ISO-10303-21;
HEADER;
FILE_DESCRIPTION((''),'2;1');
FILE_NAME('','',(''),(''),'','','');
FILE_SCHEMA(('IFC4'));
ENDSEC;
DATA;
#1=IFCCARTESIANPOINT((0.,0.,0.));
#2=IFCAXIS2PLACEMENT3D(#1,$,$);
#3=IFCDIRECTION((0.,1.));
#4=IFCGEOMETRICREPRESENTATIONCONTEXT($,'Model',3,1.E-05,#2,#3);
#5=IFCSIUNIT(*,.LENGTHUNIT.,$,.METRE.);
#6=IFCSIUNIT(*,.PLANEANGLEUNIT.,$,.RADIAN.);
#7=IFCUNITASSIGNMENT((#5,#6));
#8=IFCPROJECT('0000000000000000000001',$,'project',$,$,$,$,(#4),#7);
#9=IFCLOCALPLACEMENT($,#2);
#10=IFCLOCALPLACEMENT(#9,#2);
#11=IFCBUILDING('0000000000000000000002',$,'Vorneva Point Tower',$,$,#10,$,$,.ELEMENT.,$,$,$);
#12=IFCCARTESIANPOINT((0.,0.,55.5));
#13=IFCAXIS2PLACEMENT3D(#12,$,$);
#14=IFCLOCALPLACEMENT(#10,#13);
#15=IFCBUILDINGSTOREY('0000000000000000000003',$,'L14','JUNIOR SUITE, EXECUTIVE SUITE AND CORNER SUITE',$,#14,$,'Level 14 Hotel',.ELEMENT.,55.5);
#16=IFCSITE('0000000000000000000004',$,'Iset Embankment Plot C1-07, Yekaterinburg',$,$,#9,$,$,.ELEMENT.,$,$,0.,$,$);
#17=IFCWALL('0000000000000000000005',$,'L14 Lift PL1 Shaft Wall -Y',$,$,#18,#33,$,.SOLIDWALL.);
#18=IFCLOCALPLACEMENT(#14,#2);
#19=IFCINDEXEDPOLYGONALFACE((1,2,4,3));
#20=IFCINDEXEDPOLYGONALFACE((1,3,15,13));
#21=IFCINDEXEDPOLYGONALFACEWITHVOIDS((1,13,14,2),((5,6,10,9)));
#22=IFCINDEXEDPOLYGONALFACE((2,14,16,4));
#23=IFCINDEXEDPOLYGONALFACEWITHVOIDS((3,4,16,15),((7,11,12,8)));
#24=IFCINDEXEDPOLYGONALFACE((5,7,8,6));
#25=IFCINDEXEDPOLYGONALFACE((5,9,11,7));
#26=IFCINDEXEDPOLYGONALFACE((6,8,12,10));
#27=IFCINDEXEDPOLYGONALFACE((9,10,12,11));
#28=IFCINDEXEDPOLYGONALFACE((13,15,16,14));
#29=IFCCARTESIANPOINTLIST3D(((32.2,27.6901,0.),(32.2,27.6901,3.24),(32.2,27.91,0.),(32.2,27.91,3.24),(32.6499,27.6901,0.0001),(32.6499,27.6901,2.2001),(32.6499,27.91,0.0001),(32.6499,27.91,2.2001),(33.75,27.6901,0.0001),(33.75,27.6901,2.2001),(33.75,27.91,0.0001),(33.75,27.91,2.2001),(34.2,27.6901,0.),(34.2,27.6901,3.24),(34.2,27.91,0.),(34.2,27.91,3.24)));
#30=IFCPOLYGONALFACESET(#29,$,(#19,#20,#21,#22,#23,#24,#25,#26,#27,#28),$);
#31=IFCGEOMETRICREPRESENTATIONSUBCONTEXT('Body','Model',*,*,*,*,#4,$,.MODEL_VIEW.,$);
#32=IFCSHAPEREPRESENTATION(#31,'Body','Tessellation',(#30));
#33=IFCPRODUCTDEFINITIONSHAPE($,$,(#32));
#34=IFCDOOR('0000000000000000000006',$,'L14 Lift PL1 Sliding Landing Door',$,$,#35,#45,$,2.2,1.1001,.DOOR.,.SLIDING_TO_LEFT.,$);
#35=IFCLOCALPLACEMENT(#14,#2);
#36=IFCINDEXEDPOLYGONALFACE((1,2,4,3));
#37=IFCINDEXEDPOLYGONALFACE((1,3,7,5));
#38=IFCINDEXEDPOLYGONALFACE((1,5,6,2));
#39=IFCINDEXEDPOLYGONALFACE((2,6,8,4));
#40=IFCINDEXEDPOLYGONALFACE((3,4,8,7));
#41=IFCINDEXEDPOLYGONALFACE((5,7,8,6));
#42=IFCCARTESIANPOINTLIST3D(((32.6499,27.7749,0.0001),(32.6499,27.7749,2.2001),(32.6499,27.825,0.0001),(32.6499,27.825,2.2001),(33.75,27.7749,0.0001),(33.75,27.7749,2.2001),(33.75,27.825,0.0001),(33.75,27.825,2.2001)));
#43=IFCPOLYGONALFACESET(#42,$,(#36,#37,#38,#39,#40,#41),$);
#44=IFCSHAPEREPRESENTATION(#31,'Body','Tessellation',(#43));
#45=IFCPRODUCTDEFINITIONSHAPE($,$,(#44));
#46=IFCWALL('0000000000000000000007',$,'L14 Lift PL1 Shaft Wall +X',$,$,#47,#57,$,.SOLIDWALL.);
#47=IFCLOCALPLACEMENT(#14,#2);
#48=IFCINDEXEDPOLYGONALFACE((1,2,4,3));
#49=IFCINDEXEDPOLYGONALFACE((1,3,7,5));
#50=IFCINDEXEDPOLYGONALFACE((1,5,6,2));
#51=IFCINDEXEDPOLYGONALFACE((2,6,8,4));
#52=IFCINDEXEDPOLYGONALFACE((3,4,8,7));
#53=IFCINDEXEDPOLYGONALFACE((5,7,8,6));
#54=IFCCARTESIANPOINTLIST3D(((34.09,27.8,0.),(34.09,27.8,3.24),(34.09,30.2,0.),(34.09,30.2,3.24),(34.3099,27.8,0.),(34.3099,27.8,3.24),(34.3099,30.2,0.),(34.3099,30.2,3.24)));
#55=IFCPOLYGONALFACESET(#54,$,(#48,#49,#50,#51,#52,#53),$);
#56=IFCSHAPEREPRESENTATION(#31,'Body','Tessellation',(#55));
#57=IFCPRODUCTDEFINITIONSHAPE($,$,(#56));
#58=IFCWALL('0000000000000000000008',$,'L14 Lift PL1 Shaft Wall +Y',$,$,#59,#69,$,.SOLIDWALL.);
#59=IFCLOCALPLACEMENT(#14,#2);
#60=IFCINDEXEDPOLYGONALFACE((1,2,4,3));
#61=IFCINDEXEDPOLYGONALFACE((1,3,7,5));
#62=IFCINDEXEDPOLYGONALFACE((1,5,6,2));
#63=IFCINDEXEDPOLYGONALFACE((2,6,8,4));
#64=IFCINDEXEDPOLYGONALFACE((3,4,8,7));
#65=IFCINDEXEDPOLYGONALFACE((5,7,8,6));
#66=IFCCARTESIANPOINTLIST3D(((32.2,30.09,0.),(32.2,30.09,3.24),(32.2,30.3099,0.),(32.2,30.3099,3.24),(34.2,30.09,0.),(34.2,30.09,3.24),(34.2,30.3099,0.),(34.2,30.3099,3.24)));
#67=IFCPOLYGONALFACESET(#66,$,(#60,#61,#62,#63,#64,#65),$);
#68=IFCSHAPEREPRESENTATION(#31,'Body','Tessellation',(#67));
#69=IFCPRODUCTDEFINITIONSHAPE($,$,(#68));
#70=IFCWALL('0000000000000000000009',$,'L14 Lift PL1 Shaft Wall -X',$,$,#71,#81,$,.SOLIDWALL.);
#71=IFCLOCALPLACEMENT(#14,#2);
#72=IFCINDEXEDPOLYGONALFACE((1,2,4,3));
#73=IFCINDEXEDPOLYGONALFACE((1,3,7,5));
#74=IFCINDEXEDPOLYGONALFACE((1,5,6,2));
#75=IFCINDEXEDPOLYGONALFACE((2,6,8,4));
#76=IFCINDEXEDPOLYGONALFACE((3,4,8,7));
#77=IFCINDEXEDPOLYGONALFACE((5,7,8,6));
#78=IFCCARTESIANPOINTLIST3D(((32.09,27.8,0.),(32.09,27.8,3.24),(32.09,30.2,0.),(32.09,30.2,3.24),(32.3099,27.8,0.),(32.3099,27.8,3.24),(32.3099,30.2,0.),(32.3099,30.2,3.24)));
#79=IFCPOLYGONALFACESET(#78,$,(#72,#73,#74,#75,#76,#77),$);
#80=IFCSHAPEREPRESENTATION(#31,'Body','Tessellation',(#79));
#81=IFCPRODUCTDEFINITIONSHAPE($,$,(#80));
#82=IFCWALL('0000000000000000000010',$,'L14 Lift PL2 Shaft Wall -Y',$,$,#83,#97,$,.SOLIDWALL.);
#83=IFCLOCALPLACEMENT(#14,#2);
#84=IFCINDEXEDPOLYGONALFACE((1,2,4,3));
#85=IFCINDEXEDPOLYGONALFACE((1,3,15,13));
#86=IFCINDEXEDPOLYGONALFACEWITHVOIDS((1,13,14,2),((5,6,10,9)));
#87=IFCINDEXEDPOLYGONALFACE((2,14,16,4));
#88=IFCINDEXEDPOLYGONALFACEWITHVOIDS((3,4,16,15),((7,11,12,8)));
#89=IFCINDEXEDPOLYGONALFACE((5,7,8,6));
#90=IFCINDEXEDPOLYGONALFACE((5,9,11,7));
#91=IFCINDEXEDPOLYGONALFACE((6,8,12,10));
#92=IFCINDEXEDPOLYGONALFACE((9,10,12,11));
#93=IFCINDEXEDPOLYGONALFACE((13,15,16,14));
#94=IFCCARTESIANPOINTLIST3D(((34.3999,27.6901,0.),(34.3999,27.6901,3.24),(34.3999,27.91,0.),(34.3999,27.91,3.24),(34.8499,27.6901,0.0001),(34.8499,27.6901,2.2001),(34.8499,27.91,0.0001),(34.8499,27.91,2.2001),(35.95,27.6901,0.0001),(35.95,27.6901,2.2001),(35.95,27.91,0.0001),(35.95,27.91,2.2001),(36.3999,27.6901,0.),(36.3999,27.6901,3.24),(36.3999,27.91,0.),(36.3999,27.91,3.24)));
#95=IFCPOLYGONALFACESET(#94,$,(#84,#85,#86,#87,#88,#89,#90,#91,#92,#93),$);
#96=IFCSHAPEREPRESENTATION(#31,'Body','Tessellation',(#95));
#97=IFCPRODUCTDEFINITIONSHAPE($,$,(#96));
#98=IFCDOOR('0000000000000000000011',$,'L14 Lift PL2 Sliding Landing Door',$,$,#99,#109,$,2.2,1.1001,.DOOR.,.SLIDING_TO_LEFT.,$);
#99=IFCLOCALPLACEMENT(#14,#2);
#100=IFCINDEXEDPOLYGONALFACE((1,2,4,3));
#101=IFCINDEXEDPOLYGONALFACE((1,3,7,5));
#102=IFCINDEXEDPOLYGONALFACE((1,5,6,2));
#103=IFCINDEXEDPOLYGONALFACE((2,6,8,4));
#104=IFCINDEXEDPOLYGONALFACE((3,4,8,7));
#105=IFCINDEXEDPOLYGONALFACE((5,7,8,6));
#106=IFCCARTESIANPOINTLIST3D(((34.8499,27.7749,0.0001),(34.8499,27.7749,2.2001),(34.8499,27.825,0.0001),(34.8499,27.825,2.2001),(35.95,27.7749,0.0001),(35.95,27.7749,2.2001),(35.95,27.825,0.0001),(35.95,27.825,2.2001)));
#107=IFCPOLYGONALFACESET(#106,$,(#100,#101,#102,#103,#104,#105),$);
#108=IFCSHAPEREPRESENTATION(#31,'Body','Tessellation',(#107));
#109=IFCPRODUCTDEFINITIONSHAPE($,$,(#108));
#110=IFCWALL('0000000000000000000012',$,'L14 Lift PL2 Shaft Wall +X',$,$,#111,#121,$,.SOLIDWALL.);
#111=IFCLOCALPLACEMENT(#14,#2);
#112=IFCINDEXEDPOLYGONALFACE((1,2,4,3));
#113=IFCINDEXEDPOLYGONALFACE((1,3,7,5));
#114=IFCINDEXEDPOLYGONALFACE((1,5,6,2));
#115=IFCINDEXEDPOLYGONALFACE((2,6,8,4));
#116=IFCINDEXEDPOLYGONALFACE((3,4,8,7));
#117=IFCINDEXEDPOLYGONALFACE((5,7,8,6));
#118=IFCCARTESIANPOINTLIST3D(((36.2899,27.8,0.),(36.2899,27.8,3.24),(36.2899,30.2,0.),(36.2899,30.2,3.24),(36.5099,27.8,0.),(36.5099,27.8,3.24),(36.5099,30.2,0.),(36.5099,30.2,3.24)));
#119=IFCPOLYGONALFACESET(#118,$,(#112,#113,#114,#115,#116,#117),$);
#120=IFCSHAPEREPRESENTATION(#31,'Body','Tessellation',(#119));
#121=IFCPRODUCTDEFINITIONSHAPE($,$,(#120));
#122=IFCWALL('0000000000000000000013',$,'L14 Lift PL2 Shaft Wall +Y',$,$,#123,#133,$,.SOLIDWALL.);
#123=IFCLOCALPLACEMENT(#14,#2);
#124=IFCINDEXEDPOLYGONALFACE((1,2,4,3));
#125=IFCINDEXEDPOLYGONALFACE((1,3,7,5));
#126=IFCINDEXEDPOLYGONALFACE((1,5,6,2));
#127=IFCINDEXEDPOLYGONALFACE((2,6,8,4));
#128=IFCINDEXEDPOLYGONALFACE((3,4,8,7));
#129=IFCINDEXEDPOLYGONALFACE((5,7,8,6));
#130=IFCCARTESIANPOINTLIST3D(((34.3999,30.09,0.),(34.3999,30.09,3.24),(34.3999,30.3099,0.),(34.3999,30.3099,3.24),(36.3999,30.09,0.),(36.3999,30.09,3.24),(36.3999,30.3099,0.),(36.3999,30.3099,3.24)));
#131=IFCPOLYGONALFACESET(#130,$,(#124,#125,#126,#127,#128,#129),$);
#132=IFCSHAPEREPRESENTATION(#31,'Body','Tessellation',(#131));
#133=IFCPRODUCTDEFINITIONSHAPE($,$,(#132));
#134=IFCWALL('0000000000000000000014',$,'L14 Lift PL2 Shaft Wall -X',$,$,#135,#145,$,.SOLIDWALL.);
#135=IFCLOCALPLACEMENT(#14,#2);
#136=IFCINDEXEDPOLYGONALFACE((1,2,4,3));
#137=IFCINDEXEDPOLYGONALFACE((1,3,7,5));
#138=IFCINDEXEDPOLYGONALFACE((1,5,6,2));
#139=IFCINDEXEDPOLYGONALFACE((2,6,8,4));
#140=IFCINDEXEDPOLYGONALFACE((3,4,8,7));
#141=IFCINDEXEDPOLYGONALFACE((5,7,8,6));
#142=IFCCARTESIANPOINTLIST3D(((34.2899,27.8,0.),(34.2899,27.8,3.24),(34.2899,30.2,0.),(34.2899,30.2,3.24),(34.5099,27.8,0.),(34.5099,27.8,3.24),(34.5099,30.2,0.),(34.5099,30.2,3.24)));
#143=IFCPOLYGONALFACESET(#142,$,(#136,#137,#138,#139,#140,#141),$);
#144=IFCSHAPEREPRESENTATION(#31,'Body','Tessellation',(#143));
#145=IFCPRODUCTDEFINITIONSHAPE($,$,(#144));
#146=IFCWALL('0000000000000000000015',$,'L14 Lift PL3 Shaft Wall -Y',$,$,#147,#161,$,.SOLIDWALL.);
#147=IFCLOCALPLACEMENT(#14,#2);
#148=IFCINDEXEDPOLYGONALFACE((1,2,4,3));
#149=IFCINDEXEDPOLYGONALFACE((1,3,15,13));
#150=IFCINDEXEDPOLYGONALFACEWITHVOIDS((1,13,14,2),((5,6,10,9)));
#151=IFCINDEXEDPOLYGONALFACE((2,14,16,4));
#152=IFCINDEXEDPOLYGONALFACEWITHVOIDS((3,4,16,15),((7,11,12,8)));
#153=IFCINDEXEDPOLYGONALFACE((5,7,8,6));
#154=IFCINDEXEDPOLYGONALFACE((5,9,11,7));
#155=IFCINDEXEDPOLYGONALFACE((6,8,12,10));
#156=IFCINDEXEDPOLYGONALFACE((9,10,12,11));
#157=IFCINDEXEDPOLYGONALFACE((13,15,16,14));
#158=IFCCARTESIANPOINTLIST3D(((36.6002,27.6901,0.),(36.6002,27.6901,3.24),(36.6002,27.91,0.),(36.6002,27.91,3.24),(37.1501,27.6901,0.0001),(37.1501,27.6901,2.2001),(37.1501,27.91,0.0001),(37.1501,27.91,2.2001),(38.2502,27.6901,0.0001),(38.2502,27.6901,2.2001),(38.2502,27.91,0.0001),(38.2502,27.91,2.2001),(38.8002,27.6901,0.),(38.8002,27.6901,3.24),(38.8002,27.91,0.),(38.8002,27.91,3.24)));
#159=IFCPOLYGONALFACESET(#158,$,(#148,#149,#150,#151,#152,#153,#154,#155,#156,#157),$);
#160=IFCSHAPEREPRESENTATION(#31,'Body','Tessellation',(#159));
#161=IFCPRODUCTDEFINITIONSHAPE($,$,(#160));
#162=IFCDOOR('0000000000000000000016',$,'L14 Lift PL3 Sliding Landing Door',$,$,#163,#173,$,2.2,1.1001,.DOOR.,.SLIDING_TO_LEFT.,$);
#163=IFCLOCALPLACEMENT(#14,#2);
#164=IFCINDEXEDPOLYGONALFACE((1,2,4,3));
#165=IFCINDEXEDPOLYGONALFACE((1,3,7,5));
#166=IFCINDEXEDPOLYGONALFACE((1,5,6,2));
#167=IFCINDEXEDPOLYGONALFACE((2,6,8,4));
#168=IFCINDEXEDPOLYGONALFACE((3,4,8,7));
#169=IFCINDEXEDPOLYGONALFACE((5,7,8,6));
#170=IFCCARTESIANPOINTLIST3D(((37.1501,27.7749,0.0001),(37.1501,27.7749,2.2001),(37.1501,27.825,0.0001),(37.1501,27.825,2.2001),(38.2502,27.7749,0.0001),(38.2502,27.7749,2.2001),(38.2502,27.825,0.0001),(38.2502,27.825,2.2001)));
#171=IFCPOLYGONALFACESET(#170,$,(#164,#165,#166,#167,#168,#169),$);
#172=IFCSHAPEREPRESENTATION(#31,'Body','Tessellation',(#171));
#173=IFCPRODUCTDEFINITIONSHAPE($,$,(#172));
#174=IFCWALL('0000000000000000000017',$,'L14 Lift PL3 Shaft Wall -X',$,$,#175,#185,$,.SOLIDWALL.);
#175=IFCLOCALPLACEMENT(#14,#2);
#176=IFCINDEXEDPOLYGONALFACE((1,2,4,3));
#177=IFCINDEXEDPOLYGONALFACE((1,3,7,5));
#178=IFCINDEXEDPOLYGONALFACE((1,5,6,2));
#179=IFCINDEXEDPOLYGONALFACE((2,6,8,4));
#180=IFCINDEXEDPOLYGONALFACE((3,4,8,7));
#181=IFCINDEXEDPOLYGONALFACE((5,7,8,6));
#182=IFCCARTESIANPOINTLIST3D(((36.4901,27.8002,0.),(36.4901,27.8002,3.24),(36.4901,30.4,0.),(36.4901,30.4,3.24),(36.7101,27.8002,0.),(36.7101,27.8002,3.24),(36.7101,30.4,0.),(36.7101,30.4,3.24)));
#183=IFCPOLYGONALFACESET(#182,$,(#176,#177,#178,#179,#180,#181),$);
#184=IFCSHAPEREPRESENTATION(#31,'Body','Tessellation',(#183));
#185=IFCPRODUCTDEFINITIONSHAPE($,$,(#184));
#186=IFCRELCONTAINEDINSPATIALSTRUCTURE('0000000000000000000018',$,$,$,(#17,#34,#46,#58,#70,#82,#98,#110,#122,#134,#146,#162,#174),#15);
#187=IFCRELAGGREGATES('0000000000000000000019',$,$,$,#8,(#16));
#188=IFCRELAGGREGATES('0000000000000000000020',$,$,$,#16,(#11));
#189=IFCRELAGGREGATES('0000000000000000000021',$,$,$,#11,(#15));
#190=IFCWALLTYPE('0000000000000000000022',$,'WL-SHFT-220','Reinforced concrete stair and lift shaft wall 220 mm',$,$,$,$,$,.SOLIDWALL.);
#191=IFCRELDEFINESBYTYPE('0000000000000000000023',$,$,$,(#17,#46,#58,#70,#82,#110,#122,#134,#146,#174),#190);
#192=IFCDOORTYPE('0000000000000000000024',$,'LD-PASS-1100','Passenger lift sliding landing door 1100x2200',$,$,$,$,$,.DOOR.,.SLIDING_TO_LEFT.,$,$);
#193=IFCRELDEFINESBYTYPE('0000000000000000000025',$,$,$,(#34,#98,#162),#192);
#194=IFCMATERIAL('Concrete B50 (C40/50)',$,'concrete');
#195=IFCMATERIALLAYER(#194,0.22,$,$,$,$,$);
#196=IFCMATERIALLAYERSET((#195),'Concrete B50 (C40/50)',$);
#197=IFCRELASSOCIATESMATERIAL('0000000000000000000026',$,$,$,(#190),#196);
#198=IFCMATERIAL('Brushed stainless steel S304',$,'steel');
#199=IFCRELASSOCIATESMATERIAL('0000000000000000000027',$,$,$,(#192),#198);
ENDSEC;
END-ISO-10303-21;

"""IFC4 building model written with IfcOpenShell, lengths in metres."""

from ifc_helpers import new_model, si_unit, direction, frame, frame_2d, origin, place, context, subcontext, project, spatial, rectangle, extrude, material, layer, layer_set, type_object, element, fill, save


model = new_model("IFC4")

# Units and contexts
model_context = context("Model", 3, precision=1e-05, world=origin(), true_north=direction((0.0, 1.0)))
body_context = subcontext(model_context, "Body", "Model", "MODEL_VIEW")
ifc_project = project(units=[si_unit("LENGTHUNIT", "METRE"), si_unit("PLANEANGLEUNIT", "RADIAN")], contexts=[model_context])

# Site, building, storey
site_placement = place(None, origin())
site = spatial("IfcSite", under=ifc_project, at=site_placement, Name="Iset Embankment Plot C1-07, Yekaterinburg", CompositionType="ELEMENT", RefElevation=0.0)
building_placement = place(site_placement, origin())
building = spatial("IfcBuilding", under=site, at=building_placement, Name="Vorneva Point Tower", CompositionType="ELEMENT")
storey_placement = place(building_placement, frame((0.0, 0.0, 55.5)))
storey = spatial("IfcBuildingStorey", under=building, at=storey_placement, Name="L14", Description="JUNIOR SUITE, EXECUTIVE SUITE AND CORNER SUITE", LongName="Level 14 Hotel", CompositionType="ELEMENT", Elevation=55.5)

# Shared definitions
ifc_material_1 = material(Name="Brushed stainless steel S304", Category="steel")

# Wall, opening, door
ifc_material_2 = material(Name="Concrete B50 (C40/50)", Category="concrete")
ifc_layer_1 = layer(ifc_material_2, 0.22)
ifc_layer_set_1 = layer_set([ifc_layer_1], Name="Concrete B50 (C40/50)")
wall_type_1 = type_object("IfcWallType", Name="WL-SHFT-220", Description="Reinforced concrete stair and lift shaft wall 220 mm", PredefinedType="SOLIDWALL", material=ifc_layer_set_1)
wall_1_placement = place(storey_placement, frame((32.2, 27.8, 0.0), z_axis=(0.0, 0.0, 1.0), x_axis=(1.0, 0.0, 0.0)))
wall_1 = element("IfcWall", 1, at=wall_1_placement, inside=storey, type_object=wall_type_1, Name="L14 Lift PL1 Shaft Wall -Y", PredefinedType="SOLIDWALL", context=body_context, shape_type="SweptSolid", body=[
    extrude(rectangle(XDim=2.0, YDim=0.22, at=frame_2d((1.0, 0.0))), origin(), (0.0, 0.0, 1.0), 3.24),
])
opening_1_placement = place(wall_1_placement, frame((0.45, 0.0, 0.0)))
opening_1 = element("IfcOpeningElement", 2, at=opening_1_placement, cuts=wall_1, PredefinedType="OPENING", context=body_context, shape_type="SweptSolid", body=[
    extrude(rectangle(XDim=1.1001, YDim=2.2, at=frame_2d((0.55, 1.1001))), frame((0.0, 0.125, 0.0), z_axis=(0.0, -1.0, 0.0), x_axis=(1.0, 0.0, 0.0)), (0.0, 0.0, 1.0), 0.2498),
])
door_type_1 = type_object("IfcDoorType", Name="LD-PASS-1100", Description="Passenger lift sliding landing door 1100x2200", OperationType="SLIDING_TO_LEFT", PredefinedType="DOOR", material=ifc_material_1)
door_1_placement = place(opening_1_placement, origin())
door_1 = element("IfcDoor", 3, at=door_1_placement, inside=storey, type_object=door_type_1, Name="L14 Lift PL1 Sliding Landing Door", OperationType="SLIDING_TO_LEFT", OverallHeight=2.2, OverallWidth=1.1001, PredefinedType="DOOR", context=body_context, shape_type="SweptSolid", body=[
    extrude(rectangle(XDim=1.1001, YDim=2.2, at=frame_2d((0.55, 1.1001))), frame((0.0, 0.0249, 0.0), z_axis=(0.0, -1.0, 0.0), x_axis=(1.0, 0.0, 0.0)), (0.0, 0.0, 1.0), 0.05),
])
fill(opening_1, door_1)

# Walls
wall_2_placement = place(storey_placement, frame((34.2, 27.8, 0.0), z_axis=(0.0, 0.0, 1.0), x_axis=(0.0, 1.0, 0.0)))
element("IfcWall", 4, at=wall_2_placement, inside=storey, type_object=wall_type_1, Name="L14 Lift PL1 Shaft Wall +X", PredefinedType="SOLIDWALL", context=body_context, shape_type="SweptSolid", body=[
    extrude(rectangle(XDim=2.3999, YDim=0.22, at=frame_2d((1.2, 0.0))), origin(), (0.0, 0.0, 1.0), 3.24),
])
wall_3_placement = place(storey_placement, frame((34.2, 30.2, 0.0), z_axis=(0.0, 0.0, 1.0), x_axis=(-1.0, 0.0, 0.0)))
element("IfcWall", 5, at=wall_3_placement, inside=storey, type_object=wall_type_1, Name="L14 Lift PL1 Shaft Wall +Y", PredefinedType="SOLIDWALL", context=body_context, shape_type="SweptSolid", body=[
    extrude(rectangle(XDim=2.0, YDim=0.22, at=frame_2d((1.0, 0.0))), origin(), (0.0, 0.0, 1.0), 3.24),
])
wall_4_placement = place(storey_placement, frame((32.2, 30.2, 0.0), z_axis=(0.0, 0.0, 1.0), x_axis=(0.0, -1.0, 0.0)))
element("IfcWall", 6, at=wall_4_placement, inside=storey, type_object=wall_type_1, Name="L14 Lift PL1 Shaft Wall -X", PredefinedType="SOLIDWALL", context=body_context, shape_type="SweptSolid", body=[
    extrude(rectangle(XDim=2.3999, YDim=0.22, at=frame_2d((1.2, 0.0))), origin(), (0.0, 0.0, 1.0), 3.24),
])

# Wall, opening, door
wall_5_placement = place(storey_placement, frame((34.3999, 27.8, 0.0), z_axis=(0.0, 0.0, 1.0), x_axis=(1.0, 0.0, 0.0)))
wall_5 = element("IfcWall", 7, at=wall_5_placement, inside=storey, type_object=wall_type_1, Name="L14 Lift PL2 Shaft Wall -Y", PredefinedType="SOLIDWALL", context=body_context, shape_type="SweptSolid", body=[
    extrude(rectangle(XDim=2.0, YDim=0.22, at=frame_2d((1.0, 0.0))), origin(), (0.0, 0.0, 1.0), 3.24),
])
opening_2_placement = place(wall_5_placement, frame((0.45, 0.0, 0.0)))
opening_2 = element("IfcOpeningElement", 8, at=opening_2_placement, cuts=wall_5, PredefinedType="OPENING", context=body_context, shape_type="SweptSolid", body=[
    extrude(rectangle(XDim=1.1001, YDim=2.2, at=frame_2d((0.55, 1.1001))), frame((0.0, 0.125, 0.0), z_axis=(0.0, -1.0, 0.0), x_axis=(1.0, 0.0, 0.0)), (0.0, 0.0, 1.0), 0.2498),
])
door_2_placement = place(opening_2_placement, origin())
door_2 = element("IfcDoor", 9, at=door_2_placement, inside=storey, type_object=door_type_1, Name="L14 Lift PL2 Sliding Landing Door", OperationType="SLIDING_TO_LEFT", OverallHeight=2.2, OverallWidth=1.1001, PredefinedType="DOOR", context=body_context, shape_type="SweptSolid", body=[
    extrude(rectangle(XDim=1.1001, YDim=2.2, at=frame_2d((0.55, 1.1001))), frame((0.0, 0.0249, 0.0), z_axis=(0.0, -1.0, 0.0), x_axis=(1.0, 0.0, 0.0)), (0.0, 0.0, 1.0), 0.05),
])
fill(opening_2, door_2)

# Walls
wall_6_placement = place(storey_placement, frame((36.3999, 27.8, 0.0), z_axis=(0.0, 0.0, 1.0), x_axis=(0.0, 1.0, 0.0)))
element("IfcWall", 10, at=wall_6_placement, inside=storey, type_object=wall_type_1, Name="L14 Lift PL2 Shaft Wall +X", PredefinedType="SOLIDWALL", context=body_context, shape_type="SweptSolid", body=[
    extrude(rectangle(XDim=2.3999, YDim=0.22, at=frame_2d((1.2, 0.0))), origin(), (0.0, 0.0, 1.0), 3.24),
])
wall_7_placement = place(storey_placement, frame((36.3999, 30.2, 0.0), z_axis=(0.0, 0.0, 1.0), x_axis=(-1.0, 0.0, 0.0)))
element("IfcWall", 11, at=wall_7_placement, inside=storey, type_object=wall_type_1, Name="L14 Lift PL2 Shaft Wall +Y", PredefinedType="SOLIDWALL", context=body_context, shape_type="SweptSolid", body=[
    extrude(rectangle(XDim=2.0, YDim=0.22, at=frame_2d((1.0, 0.0))), origin(), (0.0, 0.0, 1.0), 3.24),
])
wall_8_placement = place(storey_placement, frame((34.3999, 30.2, 0.0), z_axis=(0.0, 0.0, 1.0), x_axis=(0.0, -1.0, 0.0)))
element("IfcWall", 12, at=wall_8_placement, inside=storey, type_object=wall_type_1, Name="L14 Lift PL2 Shaft Wall -X", PredefinedType="SOLIDWALL", context=body_context, shape_type="SweptSolid", body=[
    extrude(rectangle(XDim=2.3999, YDim=0.22, at=frame_2d((1.2, 0.0))), origin(), (0.0, 0.0, 1.0), 3.24),
])

# Wall, opening, door
wall_9_placement = place(storey_placement, frame((36.6001, 27.8, 0.0), z_axis=(0.0, 0.0, 1.0), x_axis=(1.0, 0.0, 0.0)))
wall_9 = element("IfcWall", 13, at=wall_9_placement, inside=storey, type_object=wall_type_1, Name="L14 Lift PL3 Shaft Wall -Y", PredefinedType="SOLIDWALL", context=body_context, shape_type="SweptSolid", body=[
    extrude(rectangle(XDim=2.2, YDim=0.22, at=frame_2d((1.1001, 0.0))), origin(), (0.0, 0.0, 1.0), 3.24),
])
opening_3_placement = place(wall_9_placement, frame((0.55, 0.0, 0.0)))
opening_3 = element("IfcOpeningElement", 14, at=opening_3_placement, cuts=wall_9, PredefinedType="OPENING", context=body_context, shape_type="SweptSolid", body=[
    extrude(rectangle(XDim=1.1001, YDim=2.2, at=frame_2d((0.55, 1.1001))), frame((0.0, 0.125, 0.0), z_axis=(0.0, -1.0, 0.0), x_axis=(1.0, 0.0, 0.0)), (0.0, 0.0, 1.0), 0.2498),
])
door_3_placement = place(opening_3_placement, origin())
door_3 = element("IfcDoor", 15, at=door_3_placement, inside=storey, type_object=door_type_1, Name="L14 Lift PL3 Sliding Landing Door", OperationType="SLIDING_TO_LEFT", OverallHeight=2.2, OverallWidth=1.1001, PredefinedType="DOOR", context=body_context, shape_type="SweptSolid", body=[
    extrude(rectangle(XDim=1.1001, YDim=2.2, at=frame_2d((0.55, 1.1001))), frame((0.0, 0.0249, 0.0), z_axis=(0.0, -1.0, 0.0), x_axis=(1.0, 0.0, 0.0)), (0.0, 0.0, 1.0), 0.05),
])
fill(opening_3, door_3)

# Wall
wall_10_placement = place(storey_placement, frame((36.6001, 30.3999, 0.0), z_axis=(0.0, 0.0, 1.0), x_axis=(0.0, -1.0, 0.0)))
element("IfcWall", 16, at=wall_10_placement, inside=storey, type_object=wall_type_1, Name="L14 Lift PL3 Shaft Wall -X", PredefinedType="SOLIDWALL", context=body_context, shape_type="SweptSolid", body=[
    extrude(rectangle(XDim=2.5999, YDim=0.22, at=frame_2d((1.2998, 0.0))), origin(), (0.0, 0.0, 1.0), 3.24),
])

save(model, "model.ifc")
